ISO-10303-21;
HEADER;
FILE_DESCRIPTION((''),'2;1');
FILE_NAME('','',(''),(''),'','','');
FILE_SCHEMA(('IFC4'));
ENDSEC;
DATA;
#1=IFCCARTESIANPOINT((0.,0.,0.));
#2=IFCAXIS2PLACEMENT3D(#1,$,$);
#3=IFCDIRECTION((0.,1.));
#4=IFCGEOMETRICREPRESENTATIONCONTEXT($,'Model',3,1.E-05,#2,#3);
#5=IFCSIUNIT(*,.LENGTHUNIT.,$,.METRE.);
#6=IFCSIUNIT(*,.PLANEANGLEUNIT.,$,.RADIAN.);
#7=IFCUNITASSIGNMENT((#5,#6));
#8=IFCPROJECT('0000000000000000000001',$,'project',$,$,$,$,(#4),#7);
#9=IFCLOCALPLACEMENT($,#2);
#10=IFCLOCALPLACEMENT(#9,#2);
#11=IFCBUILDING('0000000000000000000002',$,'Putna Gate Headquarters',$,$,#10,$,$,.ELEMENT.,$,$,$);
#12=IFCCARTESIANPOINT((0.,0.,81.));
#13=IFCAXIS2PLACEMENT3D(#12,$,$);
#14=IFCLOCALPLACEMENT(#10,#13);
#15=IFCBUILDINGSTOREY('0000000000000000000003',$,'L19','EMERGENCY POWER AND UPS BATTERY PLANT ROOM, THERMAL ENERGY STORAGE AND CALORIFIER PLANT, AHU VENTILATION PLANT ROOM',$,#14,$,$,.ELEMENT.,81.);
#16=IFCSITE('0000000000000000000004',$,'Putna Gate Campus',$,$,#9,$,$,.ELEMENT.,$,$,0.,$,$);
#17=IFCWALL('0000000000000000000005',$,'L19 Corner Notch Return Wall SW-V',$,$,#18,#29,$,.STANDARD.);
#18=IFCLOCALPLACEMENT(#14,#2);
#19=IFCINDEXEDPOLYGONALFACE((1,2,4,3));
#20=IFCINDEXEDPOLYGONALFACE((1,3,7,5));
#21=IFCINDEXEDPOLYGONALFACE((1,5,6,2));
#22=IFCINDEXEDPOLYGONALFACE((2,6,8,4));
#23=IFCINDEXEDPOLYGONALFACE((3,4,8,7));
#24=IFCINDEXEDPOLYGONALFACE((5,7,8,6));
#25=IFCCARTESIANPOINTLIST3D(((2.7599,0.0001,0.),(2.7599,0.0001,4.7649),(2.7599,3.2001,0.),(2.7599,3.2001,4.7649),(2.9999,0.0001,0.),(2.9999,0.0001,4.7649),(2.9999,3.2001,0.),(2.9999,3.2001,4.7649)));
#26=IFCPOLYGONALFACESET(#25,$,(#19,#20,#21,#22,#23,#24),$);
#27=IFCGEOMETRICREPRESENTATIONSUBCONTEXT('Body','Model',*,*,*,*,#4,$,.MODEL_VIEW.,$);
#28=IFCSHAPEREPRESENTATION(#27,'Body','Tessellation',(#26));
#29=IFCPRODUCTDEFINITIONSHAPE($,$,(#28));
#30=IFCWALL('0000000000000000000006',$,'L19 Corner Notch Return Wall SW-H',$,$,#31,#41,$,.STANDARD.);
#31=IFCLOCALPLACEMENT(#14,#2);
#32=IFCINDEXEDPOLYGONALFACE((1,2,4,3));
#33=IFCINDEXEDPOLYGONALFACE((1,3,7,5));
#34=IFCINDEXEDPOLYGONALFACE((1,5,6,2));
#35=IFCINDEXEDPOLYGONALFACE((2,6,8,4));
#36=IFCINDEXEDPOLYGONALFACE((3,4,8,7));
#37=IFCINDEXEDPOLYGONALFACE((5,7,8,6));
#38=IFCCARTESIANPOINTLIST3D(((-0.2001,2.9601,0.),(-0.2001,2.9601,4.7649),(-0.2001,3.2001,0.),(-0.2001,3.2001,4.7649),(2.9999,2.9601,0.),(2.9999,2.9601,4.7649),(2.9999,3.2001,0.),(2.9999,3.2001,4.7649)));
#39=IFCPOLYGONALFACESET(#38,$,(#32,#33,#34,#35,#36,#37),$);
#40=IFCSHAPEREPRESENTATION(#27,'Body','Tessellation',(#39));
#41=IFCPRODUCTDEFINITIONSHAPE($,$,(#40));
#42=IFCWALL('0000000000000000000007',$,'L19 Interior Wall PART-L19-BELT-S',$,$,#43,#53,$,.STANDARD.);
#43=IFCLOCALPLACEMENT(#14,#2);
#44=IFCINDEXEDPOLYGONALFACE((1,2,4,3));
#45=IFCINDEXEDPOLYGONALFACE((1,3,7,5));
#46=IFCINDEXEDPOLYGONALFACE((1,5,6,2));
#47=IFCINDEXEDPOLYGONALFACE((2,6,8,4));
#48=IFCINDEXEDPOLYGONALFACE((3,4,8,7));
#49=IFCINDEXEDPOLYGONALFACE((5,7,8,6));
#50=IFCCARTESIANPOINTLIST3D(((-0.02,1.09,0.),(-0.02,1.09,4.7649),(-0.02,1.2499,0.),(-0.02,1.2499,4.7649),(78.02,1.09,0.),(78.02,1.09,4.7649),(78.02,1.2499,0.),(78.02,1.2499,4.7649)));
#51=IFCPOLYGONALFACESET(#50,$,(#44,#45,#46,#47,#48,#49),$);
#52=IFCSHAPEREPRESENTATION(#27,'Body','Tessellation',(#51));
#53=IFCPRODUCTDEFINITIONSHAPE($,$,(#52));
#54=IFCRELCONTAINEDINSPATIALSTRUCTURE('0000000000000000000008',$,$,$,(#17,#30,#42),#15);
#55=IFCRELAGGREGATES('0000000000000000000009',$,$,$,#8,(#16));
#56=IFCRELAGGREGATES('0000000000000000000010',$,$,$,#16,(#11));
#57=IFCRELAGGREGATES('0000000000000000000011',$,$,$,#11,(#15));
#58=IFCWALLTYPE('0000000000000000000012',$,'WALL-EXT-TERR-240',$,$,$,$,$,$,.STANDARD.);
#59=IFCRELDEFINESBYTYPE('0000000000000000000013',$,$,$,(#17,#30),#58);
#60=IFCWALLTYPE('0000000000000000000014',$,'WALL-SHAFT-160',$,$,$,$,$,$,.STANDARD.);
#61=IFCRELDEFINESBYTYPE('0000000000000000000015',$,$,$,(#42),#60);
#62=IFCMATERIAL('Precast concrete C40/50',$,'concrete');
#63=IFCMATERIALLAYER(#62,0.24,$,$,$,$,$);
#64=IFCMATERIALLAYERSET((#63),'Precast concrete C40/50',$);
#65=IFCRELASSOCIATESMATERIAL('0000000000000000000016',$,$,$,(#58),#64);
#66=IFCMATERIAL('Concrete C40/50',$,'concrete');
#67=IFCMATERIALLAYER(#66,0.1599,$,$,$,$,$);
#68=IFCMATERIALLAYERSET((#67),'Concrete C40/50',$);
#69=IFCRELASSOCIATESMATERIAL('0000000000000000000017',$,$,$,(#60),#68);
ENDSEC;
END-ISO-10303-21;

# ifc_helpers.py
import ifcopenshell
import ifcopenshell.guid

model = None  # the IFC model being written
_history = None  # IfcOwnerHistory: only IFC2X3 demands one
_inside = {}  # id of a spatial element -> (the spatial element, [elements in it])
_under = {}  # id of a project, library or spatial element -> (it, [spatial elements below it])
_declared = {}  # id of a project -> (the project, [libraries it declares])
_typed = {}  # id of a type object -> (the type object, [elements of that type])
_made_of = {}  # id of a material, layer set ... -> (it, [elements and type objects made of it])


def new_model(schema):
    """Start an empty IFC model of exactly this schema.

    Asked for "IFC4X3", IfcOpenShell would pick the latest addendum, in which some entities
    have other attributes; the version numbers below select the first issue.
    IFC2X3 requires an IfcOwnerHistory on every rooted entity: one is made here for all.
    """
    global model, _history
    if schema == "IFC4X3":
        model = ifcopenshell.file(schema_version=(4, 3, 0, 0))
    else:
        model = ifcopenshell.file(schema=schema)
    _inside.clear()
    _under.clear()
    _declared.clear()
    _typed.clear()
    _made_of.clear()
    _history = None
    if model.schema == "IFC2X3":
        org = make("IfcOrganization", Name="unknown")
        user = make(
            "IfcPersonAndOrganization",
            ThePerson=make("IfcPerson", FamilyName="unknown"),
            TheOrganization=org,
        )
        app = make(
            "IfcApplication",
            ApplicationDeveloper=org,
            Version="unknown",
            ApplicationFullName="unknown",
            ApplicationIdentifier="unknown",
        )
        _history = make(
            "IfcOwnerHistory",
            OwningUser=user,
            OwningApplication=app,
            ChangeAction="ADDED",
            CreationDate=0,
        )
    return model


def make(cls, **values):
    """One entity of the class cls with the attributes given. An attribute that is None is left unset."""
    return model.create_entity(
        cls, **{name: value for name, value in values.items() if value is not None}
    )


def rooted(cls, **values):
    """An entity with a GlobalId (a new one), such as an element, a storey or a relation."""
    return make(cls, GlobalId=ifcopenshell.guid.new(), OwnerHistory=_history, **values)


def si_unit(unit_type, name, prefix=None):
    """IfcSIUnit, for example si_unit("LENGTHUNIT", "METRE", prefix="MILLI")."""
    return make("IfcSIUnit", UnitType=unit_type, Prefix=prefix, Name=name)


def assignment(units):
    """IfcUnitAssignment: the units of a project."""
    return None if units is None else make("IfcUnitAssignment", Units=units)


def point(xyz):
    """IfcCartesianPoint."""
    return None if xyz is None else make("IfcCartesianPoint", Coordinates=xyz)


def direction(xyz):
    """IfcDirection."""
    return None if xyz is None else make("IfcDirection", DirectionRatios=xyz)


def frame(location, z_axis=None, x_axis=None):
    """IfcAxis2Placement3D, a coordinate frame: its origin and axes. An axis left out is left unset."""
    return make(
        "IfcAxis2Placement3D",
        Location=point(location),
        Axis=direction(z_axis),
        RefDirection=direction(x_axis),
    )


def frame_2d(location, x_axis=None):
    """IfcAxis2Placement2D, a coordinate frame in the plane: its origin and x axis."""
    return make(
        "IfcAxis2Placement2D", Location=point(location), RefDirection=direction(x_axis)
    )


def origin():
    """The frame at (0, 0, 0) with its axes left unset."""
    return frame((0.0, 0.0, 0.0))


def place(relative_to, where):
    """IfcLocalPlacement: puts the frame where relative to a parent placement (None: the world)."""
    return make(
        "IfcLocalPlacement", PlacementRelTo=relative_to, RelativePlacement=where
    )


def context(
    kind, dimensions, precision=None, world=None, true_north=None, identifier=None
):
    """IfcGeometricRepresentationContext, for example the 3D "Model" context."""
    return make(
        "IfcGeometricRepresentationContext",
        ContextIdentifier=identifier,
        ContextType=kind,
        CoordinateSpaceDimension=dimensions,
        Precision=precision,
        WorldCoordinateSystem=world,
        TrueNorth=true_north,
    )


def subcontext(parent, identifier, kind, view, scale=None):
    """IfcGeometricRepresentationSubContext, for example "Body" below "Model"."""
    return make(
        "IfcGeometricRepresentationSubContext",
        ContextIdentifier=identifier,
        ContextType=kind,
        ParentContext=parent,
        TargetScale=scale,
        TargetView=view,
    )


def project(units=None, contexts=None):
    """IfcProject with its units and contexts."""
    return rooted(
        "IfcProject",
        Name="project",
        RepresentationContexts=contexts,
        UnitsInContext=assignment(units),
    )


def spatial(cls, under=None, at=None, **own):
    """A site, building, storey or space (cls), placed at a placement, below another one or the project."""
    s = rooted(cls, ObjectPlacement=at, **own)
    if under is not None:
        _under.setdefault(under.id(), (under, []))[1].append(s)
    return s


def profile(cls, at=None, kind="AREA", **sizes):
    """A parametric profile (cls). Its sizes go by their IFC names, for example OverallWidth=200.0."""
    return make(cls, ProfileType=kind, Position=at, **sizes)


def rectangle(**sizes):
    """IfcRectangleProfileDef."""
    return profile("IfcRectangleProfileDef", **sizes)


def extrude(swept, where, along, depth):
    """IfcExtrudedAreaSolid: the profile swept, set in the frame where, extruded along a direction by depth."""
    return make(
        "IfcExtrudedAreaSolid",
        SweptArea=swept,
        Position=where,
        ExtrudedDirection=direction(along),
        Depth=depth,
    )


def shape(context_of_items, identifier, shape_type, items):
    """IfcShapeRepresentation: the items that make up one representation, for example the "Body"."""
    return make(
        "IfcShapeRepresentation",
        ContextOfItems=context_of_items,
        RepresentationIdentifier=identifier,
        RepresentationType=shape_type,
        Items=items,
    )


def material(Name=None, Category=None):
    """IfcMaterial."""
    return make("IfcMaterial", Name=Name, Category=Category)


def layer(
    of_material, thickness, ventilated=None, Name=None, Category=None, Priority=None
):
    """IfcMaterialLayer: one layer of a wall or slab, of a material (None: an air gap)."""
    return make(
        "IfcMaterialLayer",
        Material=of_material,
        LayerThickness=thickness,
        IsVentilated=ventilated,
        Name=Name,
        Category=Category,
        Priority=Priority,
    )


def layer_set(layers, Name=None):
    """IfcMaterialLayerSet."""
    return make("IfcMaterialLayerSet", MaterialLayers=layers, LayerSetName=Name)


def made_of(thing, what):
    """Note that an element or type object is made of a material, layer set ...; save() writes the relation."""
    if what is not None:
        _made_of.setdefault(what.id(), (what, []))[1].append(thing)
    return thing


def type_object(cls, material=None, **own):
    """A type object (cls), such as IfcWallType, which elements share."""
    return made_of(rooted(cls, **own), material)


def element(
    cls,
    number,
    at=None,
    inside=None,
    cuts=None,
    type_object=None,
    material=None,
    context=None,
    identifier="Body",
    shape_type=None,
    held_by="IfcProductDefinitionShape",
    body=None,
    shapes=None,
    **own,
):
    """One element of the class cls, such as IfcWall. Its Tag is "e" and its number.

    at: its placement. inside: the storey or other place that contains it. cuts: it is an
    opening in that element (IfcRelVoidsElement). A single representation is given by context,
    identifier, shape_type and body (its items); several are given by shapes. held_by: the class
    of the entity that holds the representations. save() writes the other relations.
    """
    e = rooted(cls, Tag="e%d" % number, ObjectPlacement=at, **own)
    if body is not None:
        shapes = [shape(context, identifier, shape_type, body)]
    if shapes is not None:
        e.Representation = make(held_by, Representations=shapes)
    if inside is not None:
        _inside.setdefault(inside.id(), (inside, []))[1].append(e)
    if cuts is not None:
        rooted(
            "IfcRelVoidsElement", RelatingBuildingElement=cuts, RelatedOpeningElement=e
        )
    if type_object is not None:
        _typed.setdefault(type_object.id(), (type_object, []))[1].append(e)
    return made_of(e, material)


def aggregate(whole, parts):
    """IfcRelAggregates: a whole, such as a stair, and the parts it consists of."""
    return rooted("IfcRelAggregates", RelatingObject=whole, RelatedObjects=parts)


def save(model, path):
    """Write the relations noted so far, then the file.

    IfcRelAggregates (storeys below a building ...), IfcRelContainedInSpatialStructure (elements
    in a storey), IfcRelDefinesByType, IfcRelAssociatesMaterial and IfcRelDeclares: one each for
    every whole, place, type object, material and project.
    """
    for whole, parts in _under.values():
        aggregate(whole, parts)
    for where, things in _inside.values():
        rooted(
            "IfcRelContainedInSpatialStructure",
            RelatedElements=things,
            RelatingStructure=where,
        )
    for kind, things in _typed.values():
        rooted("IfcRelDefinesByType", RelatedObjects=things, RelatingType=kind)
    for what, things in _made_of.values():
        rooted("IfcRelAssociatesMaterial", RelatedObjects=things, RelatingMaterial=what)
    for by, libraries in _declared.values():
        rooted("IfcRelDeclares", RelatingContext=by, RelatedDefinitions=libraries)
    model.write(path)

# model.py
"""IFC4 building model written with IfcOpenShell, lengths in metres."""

from ifc_helpers import new_model, si_unit, direction, frame, frame_2d, origin, place, context, subcontext, project, spatial, rectangle, extrude, material, layer, layer_set, type_object, element, save


model = new_model("IFC4")

# Units and contexts
model_context = context("Model", 3, precision=1e-05, world=origin(), true_north=direction((0.0, 1.0)))
body_context = subcontext(model_context, "Body", "Model", "MODEL_VIEW")
ifc_project = project(units=[si_unit("LENGTHUNIT", "METRE"), si_unit("PLANEANGLEUNIT", "RADIAN")], contexts=[model_context])

# Site, building, storey
site_placement = place(None, origin())
site = spatial("IfcSite", under=ifc_project, at=site_placement, Name="Putna Gate Campus", CompositionType="ELEMENT", RefElevation=0.0)
building_placement = place(site_placement, origin())
building = spatial("IfcBuilding", under=site, at=building_placement, Name="Putna Gate Headquarters", CompositionType="ELEMENT")
storey_placement = place(building_placement, frame((0.0, 0.0, 81.0)))
storey = spatial("IfcBuildingStorey", under=building, at=storey_placement, Name="L19", Description="EMERGENCY POWER AND UPS BATTERY PLANT ROOM, THERMAL ENERGY STORAGE AND CALORIFIER PLANT, AHU VENTILATION PLANT ROOM", CompositionType="ELEMENT", Elevation=81.0)

# Shared definitions
ifc_material_1 = material(Name="Concrete C40/50", Category="concrete")

# Walls
ifc_material_2 = material(Name="Precast concrete C40/50", Category="concrete")
ifc_layer_1 = layer(ifc_material_2, 0.24)
ifc_layer_set_1 = layer_set([ifc_layer_1], Name="Precast concrete C40/50")
wall_type_1 = type_object("IfcWallType", Name="WALL-EXT-TERR-240", PredefinedType="STANDARD", material=ifc_layer_set_1)
for number, where, z_axis, x_axis, name in (
    (1, (2.8799, 0.0, 0.0), (0.0, 0.0, 1.0), (0.0, 1.0, 0.0), "L19 Corner Notch Return Wall SW-V"),
    (2, (3.0, 3.0801, 0.0), (0.0, 0.0, 1.0), (-1.0, 0.0, 0.0), "L19 Corner Notch Return Wall SW-H"),
):
    element("IfcWall", number, at=place(storey_placement, frame(where, z_axis=z_axis, x_axis=x_axis)), inside=storey, type_object=wall_type_1, Name=name, PredefinedType="STANDARD", context=body_context, shape_type="SweptSolid", body=[
        extrude(rectangle(XDim=3.2, YDim=0.24, at=frame_2d((1.6001, 0.0))), origin(), (0.0, 0.0, 1.0), 4.7649),
    ])
ifc_layer_2 = layer(ifc_material_1, 0.1599)
ifc_layer_set_2 = layer_set([ifc_layer_2], Name="Concrete C40/50")
wall_type_2 = type_object("IfcWallType", Name="WALL-SHAFT-160", PredefinedType="STANDARD", material=ifc_layer_set_2)
wall_placement = place(storey_placement, frame((-0.02, 1.1699, 0.0), z_axis=(0.0, 0.0, 1.0), x_axis=(1.0, 0.0, 0.0)))
element("IfcWall", 3, at=wall_placement, inside=storey, type_object=wall_type_2, Name="L19 Interior Wall PART-L19-BELT-S", PredefinedType="STANDARD", context=body_context, shape_type="SweptSolid", body=[
    extrude(rectangle(XDim=78.04, YDim=0.1599, at=frame_2d((39.02, 0.0))), origin(), (0.0, 0.0, 1.0), 4.7649),
])

save(model, "model.ifc")
